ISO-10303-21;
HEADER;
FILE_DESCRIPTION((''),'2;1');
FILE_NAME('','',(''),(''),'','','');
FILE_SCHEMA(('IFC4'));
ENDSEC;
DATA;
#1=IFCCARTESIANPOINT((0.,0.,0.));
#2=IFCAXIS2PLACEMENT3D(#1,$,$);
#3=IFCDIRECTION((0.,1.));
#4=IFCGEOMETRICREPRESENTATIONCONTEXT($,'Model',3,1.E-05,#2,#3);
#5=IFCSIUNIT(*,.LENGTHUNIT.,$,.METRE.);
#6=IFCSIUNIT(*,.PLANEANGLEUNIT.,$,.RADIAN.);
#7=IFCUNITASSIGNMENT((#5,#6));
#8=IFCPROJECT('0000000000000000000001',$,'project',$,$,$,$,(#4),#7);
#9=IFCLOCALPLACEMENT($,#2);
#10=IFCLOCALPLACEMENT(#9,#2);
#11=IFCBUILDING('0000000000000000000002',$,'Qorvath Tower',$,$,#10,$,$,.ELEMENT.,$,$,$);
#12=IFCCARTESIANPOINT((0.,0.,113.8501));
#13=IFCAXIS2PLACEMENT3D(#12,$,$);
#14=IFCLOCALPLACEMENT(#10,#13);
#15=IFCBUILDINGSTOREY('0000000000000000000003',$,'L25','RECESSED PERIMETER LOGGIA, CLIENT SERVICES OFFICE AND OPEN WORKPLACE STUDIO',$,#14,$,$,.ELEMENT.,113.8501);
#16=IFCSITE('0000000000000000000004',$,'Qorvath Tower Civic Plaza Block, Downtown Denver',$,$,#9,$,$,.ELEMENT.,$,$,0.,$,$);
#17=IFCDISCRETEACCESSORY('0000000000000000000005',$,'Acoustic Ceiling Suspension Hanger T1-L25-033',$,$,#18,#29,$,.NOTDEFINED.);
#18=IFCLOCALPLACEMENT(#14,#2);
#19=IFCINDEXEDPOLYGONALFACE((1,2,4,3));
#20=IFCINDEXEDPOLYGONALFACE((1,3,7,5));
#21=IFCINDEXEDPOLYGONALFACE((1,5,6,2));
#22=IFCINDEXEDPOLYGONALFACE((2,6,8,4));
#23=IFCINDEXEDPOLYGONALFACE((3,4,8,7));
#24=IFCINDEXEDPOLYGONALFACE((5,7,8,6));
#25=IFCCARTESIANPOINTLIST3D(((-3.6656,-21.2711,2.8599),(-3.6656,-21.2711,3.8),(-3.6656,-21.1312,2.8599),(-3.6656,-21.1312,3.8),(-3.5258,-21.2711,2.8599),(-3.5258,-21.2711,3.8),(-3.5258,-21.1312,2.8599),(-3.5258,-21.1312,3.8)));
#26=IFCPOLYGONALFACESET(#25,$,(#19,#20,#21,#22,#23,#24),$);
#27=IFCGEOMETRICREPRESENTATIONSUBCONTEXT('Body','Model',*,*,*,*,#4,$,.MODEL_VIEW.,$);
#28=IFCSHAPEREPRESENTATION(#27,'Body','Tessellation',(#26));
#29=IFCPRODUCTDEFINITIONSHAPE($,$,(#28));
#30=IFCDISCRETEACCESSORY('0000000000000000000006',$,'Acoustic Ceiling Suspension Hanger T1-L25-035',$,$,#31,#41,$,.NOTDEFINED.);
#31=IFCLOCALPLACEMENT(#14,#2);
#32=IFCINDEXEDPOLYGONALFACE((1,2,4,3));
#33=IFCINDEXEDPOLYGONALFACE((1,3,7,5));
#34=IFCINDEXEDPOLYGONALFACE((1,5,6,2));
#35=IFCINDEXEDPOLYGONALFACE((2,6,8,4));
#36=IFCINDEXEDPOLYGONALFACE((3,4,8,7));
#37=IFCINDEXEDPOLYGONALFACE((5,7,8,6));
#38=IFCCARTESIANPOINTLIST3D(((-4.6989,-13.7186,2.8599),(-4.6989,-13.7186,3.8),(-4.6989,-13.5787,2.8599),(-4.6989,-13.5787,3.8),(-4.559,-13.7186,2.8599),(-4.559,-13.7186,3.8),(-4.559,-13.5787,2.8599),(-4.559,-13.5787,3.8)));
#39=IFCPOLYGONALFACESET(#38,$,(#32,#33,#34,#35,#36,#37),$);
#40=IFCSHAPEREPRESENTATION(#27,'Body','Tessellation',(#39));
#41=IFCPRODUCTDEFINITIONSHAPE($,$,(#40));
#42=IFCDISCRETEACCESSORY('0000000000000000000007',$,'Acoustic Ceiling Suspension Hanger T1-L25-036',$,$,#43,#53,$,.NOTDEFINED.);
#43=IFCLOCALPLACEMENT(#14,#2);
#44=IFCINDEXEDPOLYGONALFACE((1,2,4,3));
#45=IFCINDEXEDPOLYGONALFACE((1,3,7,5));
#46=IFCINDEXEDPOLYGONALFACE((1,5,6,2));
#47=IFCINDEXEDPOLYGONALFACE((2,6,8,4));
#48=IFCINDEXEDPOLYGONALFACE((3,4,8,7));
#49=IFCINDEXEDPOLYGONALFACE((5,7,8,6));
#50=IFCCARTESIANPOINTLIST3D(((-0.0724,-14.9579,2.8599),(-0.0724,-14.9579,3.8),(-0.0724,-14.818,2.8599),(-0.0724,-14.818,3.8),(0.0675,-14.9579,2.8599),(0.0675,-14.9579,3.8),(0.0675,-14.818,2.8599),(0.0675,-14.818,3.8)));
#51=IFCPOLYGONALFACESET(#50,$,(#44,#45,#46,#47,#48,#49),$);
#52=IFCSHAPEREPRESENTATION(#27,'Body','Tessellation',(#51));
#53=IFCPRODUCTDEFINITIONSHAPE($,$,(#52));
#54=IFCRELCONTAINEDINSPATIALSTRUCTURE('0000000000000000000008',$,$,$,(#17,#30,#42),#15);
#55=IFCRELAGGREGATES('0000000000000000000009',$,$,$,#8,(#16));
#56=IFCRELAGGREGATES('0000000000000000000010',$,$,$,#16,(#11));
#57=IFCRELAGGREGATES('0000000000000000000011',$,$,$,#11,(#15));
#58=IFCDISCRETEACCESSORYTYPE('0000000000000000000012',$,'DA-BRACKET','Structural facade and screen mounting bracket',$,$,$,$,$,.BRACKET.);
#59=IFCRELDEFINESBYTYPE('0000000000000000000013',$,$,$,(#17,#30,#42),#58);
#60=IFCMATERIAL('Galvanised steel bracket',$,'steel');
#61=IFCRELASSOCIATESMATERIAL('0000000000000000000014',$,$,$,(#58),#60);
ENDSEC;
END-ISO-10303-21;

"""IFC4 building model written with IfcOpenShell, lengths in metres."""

from ifc_helpers import new_model, si_unit, direction, frame, origin, origin_2d, place, context, subcontext, project, spatial, rectangle, extrude, material, type_object, element, save


model = new_model("IFC4")

# Units and contexts
model_context = context("Model", 3, precision=1e-05, world=origin(), true_north=direction((0.0, 1.0)))
body_context = subcontext(model_context, "Body", "Model", "MODEL_VIEW")
ifc_project = project(units=[si_unit("LENGTHUNIT", "METRE"), si_unit("PLANEANGLEUNIT", "RADIAN")], contexts=[model_context])

# Site, building, storey
site_placement = place(None, origin())
site = spatial("IfcSite", under=ifc_project, at=site_placement, Name="Qorvath Tower Civic Plaza Block, Downtown Denver", CompositionType="ELEMENT", RefElevation=0.0)
building_placement = place(site_placement, origin())
building = spatial("IfcBuilding", under=site, at=building_placement, Name="Qorvath Tower", CompositionType="ELEMENT")
storey_placement = place(building_placement, frame((0.0, 0.0, 113.8501)))
storey = spatial("IfcBuildingStorey", under=building, at=storey_placement, Name="L25", Description="RECESSED PERIMETER LOGGIA, CLIENT SERVICES OFFICE AND OPEN WORKPLACE STUDIO", CompositionType="ELEMENT", Elevation=113.8501)

# Discrete accessories
ifc_material_1 = material(Name="Galvanised steel bracket", Category="steel")
discrete_accessory_type = type_object("IfcDiscreteAccessoryType", Name="DA-BRACKET", Description="Structural facade and screen mounting bracket", PredefinedType="BRACKET", material=ifc_material_1)
for number, where, z_axis, x_axis, name in (
    (1, (-3.5957, -21.2012, 2.8599), (0.0, 0.0, 1.0), (1.0, 0.0, 0.0), "Acoustic Ceiling Suspension Hanger T1-L25-033"),
    (2, (-4.6289, -13.6487, 2.8599), (0.0, 0.0, 1.0), (1.0, 0.0, 0.0), "Acoustic Ceiling Suspension Hanger T1-L25-035"),
    (3, (-0.0024, -14.8879, 2.8599), (0.0, 0.0, 1.0), (1.0, 0.0, 0.0), "Acoustic Ceiling Suspension Hanger T1-L25-036"),
):
    element("IfcDiscreteAccessory", number, at=place(storey_placement, frame(where, z_axis=z_axis, x_axis=x_axis)), inside=storey, type_object=discrete_accessory_type, Name=name, PredefinedType="NOTDEFINED", context=body_context, shape_type="SweptSolid", body=[
        extrude(rectangle(XDim=0.1399, YDim=0.1399, at=origin_2d()), origin(), (0.0, 0.0, 1.0), 0.9402),
    ])

save(model, "model.ifc")
